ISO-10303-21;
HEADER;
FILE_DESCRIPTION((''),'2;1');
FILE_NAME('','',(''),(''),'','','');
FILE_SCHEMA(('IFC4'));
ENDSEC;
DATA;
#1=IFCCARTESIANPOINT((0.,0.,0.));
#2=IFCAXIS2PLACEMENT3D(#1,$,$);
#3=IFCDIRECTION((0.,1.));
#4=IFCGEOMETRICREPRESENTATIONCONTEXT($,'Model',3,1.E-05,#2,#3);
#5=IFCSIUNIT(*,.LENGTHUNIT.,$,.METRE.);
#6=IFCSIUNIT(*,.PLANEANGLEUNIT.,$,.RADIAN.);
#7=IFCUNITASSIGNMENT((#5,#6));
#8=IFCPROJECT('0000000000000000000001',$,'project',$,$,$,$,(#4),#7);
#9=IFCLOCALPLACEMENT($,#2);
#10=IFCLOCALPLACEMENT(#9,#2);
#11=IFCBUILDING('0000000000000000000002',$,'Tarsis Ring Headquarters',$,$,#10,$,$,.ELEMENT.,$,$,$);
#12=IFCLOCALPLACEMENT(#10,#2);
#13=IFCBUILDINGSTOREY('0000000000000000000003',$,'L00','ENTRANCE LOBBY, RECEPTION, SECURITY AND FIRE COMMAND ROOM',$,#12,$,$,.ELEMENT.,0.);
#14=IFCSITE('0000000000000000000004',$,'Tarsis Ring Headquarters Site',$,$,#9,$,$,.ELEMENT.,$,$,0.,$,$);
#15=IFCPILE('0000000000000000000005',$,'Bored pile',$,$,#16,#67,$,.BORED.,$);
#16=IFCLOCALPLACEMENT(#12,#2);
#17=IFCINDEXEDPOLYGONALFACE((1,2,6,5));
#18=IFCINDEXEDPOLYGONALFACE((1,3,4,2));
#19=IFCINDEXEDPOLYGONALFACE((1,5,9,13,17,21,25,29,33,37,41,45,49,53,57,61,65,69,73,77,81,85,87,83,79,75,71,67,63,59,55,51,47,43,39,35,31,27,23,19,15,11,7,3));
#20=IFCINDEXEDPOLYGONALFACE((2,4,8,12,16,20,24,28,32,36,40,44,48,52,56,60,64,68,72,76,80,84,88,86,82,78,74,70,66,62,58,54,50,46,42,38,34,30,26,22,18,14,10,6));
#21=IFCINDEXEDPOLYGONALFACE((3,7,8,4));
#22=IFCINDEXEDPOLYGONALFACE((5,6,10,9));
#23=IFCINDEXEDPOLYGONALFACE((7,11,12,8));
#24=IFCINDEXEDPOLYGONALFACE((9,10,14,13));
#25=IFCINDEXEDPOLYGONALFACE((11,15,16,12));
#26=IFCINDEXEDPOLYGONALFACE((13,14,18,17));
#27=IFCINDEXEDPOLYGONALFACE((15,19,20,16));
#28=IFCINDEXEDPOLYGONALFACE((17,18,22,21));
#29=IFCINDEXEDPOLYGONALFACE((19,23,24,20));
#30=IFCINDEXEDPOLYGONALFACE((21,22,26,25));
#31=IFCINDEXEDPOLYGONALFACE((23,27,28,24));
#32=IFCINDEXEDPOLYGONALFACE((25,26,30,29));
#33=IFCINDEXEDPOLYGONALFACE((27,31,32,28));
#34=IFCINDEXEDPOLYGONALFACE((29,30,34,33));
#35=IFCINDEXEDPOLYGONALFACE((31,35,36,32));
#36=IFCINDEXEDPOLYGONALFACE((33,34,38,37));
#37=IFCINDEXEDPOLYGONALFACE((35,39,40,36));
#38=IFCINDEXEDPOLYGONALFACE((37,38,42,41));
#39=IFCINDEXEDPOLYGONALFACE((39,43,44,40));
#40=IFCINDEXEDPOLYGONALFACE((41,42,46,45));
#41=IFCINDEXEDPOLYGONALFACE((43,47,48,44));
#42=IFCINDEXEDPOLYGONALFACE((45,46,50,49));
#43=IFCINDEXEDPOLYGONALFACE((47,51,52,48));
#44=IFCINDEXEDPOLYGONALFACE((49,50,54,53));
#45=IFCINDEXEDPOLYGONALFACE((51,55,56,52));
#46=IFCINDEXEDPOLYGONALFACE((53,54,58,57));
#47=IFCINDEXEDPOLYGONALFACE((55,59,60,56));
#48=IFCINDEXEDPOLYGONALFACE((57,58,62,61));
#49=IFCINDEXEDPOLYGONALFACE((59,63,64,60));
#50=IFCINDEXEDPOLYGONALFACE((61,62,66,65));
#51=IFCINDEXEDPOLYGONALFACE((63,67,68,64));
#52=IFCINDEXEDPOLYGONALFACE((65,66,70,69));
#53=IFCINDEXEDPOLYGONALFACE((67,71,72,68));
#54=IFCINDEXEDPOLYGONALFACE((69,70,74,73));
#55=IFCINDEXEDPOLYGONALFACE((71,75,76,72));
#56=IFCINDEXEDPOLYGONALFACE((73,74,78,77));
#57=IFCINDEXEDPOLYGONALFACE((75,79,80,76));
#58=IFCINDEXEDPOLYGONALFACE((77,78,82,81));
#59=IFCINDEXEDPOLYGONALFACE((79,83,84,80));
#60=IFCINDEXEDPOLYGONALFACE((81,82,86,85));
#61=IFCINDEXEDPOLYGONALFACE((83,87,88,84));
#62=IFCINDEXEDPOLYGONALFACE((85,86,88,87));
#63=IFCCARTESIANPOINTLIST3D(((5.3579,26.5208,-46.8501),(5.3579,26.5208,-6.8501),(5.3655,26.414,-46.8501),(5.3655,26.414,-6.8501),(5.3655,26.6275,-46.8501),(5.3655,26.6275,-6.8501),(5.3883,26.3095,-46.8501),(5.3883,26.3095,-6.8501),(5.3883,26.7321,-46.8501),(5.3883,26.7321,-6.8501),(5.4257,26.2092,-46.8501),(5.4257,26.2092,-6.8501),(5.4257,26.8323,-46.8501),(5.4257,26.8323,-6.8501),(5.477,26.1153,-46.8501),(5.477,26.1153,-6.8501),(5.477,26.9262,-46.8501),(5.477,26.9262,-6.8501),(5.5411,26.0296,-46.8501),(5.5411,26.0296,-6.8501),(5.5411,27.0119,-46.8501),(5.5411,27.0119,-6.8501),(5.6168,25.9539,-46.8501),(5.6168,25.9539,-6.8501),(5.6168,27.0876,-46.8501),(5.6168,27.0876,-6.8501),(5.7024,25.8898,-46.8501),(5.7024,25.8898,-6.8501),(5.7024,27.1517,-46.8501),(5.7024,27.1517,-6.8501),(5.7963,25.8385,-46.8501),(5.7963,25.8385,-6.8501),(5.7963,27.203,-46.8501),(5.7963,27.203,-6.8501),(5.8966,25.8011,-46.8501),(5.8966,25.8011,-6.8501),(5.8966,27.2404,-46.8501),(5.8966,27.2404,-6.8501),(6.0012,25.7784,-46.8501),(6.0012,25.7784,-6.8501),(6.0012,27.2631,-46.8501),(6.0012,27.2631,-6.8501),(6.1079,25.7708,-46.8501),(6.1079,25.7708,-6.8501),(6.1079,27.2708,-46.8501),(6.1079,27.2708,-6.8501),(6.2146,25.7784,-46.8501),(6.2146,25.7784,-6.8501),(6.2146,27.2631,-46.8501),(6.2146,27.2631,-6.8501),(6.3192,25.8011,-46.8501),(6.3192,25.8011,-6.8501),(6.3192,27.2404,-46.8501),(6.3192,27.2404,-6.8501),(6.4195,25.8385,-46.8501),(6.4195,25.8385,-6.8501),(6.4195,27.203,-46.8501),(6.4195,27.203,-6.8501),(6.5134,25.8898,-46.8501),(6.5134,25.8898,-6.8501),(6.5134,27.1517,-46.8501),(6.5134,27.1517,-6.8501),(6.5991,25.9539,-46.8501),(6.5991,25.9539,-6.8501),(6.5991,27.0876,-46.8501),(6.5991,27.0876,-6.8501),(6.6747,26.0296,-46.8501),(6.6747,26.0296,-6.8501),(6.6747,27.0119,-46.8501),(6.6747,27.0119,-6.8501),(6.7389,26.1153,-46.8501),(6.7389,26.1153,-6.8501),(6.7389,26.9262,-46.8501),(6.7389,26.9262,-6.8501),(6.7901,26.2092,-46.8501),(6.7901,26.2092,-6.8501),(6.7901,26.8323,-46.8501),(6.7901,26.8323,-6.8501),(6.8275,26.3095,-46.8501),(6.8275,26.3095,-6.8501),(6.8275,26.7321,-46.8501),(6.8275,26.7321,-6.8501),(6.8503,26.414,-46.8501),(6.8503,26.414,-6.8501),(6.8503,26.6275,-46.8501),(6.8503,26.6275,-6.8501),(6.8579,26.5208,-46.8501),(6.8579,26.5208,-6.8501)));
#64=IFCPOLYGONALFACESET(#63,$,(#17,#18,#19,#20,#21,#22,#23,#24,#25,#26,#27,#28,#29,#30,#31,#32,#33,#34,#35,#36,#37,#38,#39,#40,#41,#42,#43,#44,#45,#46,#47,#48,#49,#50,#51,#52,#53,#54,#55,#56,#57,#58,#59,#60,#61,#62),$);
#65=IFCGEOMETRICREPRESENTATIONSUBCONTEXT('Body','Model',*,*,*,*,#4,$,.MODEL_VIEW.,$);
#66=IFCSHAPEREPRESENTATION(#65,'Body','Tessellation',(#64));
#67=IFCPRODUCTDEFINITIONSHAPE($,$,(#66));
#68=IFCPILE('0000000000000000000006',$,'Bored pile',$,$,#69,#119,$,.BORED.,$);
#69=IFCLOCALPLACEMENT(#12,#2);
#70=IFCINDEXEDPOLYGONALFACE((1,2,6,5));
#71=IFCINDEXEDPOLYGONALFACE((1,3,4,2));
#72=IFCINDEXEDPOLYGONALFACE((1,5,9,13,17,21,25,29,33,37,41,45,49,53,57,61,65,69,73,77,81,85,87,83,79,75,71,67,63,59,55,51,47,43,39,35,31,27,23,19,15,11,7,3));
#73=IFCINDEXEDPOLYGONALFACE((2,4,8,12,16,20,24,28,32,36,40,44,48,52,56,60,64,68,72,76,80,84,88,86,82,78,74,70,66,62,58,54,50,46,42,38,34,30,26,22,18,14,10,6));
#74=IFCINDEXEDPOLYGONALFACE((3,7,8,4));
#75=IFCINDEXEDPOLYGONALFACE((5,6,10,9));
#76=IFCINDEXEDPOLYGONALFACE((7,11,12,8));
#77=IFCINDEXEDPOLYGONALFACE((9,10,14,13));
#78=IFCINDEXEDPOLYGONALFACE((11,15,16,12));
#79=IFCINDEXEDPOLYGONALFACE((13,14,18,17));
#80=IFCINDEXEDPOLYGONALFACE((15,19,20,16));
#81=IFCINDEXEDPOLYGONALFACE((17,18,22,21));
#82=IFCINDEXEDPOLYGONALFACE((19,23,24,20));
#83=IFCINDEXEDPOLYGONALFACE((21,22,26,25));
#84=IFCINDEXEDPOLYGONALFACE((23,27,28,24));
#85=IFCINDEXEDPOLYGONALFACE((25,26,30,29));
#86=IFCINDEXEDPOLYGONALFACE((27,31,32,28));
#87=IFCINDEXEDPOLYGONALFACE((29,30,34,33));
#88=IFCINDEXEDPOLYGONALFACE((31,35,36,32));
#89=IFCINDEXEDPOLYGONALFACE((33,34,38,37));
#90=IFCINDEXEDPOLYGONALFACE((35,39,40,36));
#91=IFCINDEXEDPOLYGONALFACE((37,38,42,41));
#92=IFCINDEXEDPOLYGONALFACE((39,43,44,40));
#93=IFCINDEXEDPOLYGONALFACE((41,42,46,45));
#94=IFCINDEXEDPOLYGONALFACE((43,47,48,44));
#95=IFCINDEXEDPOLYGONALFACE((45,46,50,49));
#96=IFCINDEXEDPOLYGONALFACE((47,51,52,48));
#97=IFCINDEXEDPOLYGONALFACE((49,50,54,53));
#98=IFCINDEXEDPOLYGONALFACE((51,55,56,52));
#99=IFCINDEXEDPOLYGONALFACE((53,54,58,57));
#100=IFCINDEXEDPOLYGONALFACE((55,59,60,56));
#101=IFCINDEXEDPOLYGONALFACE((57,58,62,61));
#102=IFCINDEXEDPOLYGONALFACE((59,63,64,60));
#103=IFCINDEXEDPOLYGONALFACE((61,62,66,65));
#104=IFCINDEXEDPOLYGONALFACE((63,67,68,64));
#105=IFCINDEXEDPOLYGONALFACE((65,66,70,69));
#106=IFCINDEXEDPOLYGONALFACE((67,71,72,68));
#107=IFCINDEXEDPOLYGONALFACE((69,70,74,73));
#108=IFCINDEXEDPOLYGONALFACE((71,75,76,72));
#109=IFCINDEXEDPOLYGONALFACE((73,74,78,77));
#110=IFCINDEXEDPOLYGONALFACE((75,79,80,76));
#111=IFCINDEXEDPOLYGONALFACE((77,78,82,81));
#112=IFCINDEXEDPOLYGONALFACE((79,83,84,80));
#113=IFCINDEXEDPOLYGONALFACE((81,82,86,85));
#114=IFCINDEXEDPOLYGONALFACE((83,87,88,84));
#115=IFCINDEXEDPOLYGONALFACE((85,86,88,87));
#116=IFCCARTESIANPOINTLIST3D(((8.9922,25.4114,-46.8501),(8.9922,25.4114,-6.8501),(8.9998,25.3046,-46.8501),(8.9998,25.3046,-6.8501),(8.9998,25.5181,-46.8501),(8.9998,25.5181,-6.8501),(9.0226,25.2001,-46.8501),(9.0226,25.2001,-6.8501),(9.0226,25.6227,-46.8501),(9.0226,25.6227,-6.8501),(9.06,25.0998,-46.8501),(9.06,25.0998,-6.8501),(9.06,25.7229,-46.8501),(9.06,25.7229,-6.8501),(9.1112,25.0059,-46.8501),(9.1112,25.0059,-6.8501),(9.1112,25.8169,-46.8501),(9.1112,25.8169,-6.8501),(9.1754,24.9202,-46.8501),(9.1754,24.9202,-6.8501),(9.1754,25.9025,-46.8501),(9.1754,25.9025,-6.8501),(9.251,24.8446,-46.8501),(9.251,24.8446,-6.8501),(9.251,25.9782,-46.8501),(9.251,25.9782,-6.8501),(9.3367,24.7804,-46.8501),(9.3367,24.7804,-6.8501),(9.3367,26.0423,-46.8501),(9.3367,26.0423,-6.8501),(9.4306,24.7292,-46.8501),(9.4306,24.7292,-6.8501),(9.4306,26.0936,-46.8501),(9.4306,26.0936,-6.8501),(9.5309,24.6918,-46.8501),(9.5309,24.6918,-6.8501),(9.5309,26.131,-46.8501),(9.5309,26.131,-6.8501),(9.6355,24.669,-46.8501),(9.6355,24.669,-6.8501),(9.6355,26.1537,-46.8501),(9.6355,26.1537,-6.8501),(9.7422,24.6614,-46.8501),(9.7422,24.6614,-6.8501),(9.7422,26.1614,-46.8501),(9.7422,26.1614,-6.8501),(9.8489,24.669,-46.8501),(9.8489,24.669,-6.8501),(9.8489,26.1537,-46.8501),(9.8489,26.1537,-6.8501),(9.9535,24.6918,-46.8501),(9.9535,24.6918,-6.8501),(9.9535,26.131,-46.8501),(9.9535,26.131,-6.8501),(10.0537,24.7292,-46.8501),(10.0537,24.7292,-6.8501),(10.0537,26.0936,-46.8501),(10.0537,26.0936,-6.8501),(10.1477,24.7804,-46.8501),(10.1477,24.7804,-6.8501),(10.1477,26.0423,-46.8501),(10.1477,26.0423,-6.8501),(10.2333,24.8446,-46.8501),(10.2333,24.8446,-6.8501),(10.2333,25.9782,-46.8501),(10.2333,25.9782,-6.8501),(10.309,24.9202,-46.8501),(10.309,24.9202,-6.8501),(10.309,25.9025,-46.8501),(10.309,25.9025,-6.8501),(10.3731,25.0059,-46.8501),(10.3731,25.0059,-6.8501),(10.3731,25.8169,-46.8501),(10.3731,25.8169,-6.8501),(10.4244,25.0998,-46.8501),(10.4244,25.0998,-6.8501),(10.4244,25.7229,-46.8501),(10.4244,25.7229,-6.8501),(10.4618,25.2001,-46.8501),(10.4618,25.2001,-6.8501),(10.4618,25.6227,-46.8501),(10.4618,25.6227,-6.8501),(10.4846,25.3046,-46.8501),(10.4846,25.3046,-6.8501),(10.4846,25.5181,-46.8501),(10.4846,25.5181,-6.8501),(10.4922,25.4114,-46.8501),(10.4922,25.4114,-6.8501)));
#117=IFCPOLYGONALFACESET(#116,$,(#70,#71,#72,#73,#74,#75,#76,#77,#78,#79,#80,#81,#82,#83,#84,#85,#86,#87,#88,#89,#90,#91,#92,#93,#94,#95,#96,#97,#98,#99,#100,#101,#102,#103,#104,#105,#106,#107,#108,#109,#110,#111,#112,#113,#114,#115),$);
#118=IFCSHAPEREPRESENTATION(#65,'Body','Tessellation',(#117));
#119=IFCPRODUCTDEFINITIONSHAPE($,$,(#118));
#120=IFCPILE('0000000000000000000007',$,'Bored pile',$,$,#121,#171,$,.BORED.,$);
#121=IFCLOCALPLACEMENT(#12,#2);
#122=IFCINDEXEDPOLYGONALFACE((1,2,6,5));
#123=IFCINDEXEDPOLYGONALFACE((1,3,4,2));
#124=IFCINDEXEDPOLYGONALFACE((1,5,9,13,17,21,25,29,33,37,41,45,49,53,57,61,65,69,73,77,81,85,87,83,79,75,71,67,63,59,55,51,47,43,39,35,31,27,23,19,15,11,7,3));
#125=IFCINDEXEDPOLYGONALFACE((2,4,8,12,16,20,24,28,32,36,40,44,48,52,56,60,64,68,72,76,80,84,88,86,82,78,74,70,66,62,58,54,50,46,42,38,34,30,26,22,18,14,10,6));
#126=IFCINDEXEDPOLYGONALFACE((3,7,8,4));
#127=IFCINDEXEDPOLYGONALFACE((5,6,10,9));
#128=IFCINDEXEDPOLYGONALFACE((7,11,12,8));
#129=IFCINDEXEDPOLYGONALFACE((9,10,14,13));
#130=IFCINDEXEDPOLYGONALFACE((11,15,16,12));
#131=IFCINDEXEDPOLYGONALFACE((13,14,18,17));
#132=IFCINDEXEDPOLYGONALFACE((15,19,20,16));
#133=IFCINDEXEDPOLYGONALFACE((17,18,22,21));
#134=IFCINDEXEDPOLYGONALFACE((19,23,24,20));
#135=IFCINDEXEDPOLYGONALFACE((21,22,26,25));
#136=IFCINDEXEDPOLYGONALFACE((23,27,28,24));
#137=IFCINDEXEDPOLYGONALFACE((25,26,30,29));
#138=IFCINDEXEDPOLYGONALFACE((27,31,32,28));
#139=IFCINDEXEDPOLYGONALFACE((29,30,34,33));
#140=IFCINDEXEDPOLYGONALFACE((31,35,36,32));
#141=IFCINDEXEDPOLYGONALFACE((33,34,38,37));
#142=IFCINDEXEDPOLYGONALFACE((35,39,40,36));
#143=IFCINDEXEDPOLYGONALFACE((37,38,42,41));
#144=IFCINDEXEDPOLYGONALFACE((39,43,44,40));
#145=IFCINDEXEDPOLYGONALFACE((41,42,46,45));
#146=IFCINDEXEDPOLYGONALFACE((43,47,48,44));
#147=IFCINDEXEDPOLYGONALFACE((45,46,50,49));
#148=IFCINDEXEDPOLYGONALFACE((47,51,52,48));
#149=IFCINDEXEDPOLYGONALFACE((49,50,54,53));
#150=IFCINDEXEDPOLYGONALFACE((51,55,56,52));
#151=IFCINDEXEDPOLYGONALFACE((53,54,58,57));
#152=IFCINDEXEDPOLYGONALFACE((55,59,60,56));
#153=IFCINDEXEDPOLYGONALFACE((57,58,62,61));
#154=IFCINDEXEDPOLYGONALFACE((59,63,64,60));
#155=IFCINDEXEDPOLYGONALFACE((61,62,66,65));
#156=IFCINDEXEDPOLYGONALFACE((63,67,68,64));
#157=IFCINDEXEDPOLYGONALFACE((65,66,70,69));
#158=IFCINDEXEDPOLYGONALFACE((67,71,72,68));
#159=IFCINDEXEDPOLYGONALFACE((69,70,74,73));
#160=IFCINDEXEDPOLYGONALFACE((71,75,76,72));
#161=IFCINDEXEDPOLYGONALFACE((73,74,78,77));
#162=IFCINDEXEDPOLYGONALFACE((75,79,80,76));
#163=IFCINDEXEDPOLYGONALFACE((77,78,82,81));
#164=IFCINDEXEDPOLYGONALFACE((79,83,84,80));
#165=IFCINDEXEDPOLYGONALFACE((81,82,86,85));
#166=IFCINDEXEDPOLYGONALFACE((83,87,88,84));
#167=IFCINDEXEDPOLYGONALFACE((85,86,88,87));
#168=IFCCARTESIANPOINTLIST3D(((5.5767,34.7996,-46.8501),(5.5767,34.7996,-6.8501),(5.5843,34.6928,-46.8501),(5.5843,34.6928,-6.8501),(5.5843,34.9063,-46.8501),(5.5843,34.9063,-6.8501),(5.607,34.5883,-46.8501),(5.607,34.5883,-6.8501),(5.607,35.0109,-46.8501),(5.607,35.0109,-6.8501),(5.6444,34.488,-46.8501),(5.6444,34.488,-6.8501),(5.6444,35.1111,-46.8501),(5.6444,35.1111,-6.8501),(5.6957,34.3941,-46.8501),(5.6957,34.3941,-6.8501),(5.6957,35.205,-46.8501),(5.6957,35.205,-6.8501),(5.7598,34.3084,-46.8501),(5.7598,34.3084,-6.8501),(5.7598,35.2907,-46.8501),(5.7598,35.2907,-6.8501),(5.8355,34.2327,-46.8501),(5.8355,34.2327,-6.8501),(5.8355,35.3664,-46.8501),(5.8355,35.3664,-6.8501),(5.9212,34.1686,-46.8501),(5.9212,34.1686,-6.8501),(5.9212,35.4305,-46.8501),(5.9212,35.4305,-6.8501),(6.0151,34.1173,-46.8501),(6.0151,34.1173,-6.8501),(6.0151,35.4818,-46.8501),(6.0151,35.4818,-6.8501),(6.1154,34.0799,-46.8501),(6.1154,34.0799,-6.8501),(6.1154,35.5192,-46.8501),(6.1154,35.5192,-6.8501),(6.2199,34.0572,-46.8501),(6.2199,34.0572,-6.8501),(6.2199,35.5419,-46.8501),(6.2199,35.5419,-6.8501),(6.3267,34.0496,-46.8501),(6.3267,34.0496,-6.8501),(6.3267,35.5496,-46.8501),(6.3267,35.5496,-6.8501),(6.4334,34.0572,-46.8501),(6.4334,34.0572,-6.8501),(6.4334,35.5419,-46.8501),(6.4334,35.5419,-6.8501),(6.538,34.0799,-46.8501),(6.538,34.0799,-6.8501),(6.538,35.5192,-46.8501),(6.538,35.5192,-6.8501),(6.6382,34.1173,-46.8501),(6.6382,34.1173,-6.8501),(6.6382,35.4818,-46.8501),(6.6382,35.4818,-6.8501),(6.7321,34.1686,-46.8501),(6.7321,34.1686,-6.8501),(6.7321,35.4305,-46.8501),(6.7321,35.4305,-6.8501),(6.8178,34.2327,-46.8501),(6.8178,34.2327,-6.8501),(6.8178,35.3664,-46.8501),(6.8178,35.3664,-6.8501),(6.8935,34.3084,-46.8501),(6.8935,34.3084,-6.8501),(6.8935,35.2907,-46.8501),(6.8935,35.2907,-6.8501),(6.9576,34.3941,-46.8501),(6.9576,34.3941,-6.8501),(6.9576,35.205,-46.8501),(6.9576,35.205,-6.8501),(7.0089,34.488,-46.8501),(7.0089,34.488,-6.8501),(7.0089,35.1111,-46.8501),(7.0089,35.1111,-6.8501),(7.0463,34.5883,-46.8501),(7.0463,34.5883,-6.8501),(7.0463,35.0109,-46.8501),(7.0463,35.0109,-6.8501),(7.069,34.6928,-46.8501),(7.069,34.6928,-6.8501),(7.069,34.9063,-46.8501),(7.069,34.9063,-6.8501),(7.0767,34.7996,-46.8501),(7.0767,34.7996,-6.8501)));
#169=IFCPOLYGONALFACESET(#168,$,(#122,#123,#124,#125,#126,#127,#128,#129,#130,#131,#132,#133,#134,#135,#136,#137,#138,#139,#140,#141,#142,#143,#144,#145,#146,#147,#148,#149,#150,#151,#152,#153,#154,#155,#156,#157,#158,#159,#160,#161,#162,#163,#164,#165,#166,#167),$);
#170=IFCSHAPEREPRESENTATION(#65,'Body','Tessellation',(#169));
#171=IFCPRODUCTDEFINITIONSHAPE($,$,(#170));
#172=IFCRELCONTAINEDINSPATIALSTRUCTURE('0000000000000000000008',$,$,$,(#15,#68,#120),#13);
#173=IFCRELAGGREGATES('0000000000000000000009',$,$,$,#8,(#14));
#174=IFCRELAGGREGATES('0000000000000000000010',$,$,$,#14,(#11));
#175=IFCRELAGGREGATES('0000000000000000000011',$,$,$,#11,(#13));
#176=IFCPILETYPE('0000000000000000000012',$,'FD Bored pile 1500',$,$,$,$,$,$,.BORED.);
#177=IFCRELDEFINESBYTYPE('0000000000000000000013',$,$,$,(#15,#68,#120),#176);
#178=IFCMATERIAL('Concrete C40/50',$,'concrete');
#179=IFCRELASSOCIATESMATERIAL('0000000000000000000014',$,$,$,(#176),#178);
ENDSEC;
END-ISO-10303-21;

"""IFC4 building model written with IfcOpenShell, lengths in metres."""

from ifc_helpers import new_model, si_unit, direction, frame, origin, origin_2d, place, context, subcontext, project, spatial, circle, extrude, material, material_profile, profile_set, type_object, element, save


model = new_model("IFC4")

# Units and contexts
model_context = context("Model", 3, precision=1e-05, world=origin(), true_north=direction((0.0, 1.0)))
body_context = subcontext(model_context, "Body", "Model", "MODEL_VIEW")
ifc_project = project(units=[si_unit("LENGTHUNIT", "METRE"), si_unit("PLANEANGLEUNIT", "RADIAN")], contexts=[model_context])

# Site, building, storey
site_placement = place(None, origin())
site = spatial("IfcSite", under=ifc_project, at=site_placement, Name="Tarsis Ring Headquarters Site", CompositionType="ELEMENT", RefElevation=0.0)
building_placement = place(site_placement, origin())
building = spatial("IfcBuilding", under=site, at=building_placement, Name="Tarsis Ring Headquarters", CompositionType="ELEMENT")
storey_placement = place(building_placement, origin())
storey = spatial("IfcBuildingStorey", under=building, at=storey_placement, Name="L00", Description="ENTRANCE LOBBY, RECEPTION, SECURITY AND FIRE COMMAND ROOM", CompositionType="ELEMENT", Elevation=0.0)

# Piles
ifc_material_1 = material(Name="Concrete C40/50", Category="concrete")
ifc_material_profile_1 = material_profile(ifc_material_1, circle(Radius=0.75, at=origin_2d()), Name="BORED 1500")
ifc_profile_set_1 = profile_set([ifc_material_profile_1], Name="Concrete C40/50")
pile_type = type_object("IfcPileType", Name="FD Bored pile 1500", PredefinedType="BORED", material=ifc_profile_set_1)
for number, where, z_axis, x_axis, name in (
    (1, (6.1079, 26.5208, -6.8501), (0.0, 0.0, -1.0), (1.0, 0.0, 0.0), "Bored pile"),
    (2, (9.7422, 25.4114, -6.8501), (0.0, 0.0, -1.0), (1.0, 0.0, 0.0), "Bored pile"),
    (3, (6.3267, 34.7996, -6.8501), (0.0, 0.0, -1.0), (1.0, 0.0, 0.0), "Bored pile"),
):
    element("IfcPile", number, at=place(storey_placement, frame(where, z_axis=z_axis, x_axis=x_axis)), inside=storey, type_object=pile_type, Name=name, PredefinedType="BORED", context=body_context, shape_type="SweptSolid", body=[
        extrude(circle(Radius=0.75, at=origin_2d()), origin(), (0.0, 0.0, 1.0), 40.0),
    ])

save(model, "model.ifc")
